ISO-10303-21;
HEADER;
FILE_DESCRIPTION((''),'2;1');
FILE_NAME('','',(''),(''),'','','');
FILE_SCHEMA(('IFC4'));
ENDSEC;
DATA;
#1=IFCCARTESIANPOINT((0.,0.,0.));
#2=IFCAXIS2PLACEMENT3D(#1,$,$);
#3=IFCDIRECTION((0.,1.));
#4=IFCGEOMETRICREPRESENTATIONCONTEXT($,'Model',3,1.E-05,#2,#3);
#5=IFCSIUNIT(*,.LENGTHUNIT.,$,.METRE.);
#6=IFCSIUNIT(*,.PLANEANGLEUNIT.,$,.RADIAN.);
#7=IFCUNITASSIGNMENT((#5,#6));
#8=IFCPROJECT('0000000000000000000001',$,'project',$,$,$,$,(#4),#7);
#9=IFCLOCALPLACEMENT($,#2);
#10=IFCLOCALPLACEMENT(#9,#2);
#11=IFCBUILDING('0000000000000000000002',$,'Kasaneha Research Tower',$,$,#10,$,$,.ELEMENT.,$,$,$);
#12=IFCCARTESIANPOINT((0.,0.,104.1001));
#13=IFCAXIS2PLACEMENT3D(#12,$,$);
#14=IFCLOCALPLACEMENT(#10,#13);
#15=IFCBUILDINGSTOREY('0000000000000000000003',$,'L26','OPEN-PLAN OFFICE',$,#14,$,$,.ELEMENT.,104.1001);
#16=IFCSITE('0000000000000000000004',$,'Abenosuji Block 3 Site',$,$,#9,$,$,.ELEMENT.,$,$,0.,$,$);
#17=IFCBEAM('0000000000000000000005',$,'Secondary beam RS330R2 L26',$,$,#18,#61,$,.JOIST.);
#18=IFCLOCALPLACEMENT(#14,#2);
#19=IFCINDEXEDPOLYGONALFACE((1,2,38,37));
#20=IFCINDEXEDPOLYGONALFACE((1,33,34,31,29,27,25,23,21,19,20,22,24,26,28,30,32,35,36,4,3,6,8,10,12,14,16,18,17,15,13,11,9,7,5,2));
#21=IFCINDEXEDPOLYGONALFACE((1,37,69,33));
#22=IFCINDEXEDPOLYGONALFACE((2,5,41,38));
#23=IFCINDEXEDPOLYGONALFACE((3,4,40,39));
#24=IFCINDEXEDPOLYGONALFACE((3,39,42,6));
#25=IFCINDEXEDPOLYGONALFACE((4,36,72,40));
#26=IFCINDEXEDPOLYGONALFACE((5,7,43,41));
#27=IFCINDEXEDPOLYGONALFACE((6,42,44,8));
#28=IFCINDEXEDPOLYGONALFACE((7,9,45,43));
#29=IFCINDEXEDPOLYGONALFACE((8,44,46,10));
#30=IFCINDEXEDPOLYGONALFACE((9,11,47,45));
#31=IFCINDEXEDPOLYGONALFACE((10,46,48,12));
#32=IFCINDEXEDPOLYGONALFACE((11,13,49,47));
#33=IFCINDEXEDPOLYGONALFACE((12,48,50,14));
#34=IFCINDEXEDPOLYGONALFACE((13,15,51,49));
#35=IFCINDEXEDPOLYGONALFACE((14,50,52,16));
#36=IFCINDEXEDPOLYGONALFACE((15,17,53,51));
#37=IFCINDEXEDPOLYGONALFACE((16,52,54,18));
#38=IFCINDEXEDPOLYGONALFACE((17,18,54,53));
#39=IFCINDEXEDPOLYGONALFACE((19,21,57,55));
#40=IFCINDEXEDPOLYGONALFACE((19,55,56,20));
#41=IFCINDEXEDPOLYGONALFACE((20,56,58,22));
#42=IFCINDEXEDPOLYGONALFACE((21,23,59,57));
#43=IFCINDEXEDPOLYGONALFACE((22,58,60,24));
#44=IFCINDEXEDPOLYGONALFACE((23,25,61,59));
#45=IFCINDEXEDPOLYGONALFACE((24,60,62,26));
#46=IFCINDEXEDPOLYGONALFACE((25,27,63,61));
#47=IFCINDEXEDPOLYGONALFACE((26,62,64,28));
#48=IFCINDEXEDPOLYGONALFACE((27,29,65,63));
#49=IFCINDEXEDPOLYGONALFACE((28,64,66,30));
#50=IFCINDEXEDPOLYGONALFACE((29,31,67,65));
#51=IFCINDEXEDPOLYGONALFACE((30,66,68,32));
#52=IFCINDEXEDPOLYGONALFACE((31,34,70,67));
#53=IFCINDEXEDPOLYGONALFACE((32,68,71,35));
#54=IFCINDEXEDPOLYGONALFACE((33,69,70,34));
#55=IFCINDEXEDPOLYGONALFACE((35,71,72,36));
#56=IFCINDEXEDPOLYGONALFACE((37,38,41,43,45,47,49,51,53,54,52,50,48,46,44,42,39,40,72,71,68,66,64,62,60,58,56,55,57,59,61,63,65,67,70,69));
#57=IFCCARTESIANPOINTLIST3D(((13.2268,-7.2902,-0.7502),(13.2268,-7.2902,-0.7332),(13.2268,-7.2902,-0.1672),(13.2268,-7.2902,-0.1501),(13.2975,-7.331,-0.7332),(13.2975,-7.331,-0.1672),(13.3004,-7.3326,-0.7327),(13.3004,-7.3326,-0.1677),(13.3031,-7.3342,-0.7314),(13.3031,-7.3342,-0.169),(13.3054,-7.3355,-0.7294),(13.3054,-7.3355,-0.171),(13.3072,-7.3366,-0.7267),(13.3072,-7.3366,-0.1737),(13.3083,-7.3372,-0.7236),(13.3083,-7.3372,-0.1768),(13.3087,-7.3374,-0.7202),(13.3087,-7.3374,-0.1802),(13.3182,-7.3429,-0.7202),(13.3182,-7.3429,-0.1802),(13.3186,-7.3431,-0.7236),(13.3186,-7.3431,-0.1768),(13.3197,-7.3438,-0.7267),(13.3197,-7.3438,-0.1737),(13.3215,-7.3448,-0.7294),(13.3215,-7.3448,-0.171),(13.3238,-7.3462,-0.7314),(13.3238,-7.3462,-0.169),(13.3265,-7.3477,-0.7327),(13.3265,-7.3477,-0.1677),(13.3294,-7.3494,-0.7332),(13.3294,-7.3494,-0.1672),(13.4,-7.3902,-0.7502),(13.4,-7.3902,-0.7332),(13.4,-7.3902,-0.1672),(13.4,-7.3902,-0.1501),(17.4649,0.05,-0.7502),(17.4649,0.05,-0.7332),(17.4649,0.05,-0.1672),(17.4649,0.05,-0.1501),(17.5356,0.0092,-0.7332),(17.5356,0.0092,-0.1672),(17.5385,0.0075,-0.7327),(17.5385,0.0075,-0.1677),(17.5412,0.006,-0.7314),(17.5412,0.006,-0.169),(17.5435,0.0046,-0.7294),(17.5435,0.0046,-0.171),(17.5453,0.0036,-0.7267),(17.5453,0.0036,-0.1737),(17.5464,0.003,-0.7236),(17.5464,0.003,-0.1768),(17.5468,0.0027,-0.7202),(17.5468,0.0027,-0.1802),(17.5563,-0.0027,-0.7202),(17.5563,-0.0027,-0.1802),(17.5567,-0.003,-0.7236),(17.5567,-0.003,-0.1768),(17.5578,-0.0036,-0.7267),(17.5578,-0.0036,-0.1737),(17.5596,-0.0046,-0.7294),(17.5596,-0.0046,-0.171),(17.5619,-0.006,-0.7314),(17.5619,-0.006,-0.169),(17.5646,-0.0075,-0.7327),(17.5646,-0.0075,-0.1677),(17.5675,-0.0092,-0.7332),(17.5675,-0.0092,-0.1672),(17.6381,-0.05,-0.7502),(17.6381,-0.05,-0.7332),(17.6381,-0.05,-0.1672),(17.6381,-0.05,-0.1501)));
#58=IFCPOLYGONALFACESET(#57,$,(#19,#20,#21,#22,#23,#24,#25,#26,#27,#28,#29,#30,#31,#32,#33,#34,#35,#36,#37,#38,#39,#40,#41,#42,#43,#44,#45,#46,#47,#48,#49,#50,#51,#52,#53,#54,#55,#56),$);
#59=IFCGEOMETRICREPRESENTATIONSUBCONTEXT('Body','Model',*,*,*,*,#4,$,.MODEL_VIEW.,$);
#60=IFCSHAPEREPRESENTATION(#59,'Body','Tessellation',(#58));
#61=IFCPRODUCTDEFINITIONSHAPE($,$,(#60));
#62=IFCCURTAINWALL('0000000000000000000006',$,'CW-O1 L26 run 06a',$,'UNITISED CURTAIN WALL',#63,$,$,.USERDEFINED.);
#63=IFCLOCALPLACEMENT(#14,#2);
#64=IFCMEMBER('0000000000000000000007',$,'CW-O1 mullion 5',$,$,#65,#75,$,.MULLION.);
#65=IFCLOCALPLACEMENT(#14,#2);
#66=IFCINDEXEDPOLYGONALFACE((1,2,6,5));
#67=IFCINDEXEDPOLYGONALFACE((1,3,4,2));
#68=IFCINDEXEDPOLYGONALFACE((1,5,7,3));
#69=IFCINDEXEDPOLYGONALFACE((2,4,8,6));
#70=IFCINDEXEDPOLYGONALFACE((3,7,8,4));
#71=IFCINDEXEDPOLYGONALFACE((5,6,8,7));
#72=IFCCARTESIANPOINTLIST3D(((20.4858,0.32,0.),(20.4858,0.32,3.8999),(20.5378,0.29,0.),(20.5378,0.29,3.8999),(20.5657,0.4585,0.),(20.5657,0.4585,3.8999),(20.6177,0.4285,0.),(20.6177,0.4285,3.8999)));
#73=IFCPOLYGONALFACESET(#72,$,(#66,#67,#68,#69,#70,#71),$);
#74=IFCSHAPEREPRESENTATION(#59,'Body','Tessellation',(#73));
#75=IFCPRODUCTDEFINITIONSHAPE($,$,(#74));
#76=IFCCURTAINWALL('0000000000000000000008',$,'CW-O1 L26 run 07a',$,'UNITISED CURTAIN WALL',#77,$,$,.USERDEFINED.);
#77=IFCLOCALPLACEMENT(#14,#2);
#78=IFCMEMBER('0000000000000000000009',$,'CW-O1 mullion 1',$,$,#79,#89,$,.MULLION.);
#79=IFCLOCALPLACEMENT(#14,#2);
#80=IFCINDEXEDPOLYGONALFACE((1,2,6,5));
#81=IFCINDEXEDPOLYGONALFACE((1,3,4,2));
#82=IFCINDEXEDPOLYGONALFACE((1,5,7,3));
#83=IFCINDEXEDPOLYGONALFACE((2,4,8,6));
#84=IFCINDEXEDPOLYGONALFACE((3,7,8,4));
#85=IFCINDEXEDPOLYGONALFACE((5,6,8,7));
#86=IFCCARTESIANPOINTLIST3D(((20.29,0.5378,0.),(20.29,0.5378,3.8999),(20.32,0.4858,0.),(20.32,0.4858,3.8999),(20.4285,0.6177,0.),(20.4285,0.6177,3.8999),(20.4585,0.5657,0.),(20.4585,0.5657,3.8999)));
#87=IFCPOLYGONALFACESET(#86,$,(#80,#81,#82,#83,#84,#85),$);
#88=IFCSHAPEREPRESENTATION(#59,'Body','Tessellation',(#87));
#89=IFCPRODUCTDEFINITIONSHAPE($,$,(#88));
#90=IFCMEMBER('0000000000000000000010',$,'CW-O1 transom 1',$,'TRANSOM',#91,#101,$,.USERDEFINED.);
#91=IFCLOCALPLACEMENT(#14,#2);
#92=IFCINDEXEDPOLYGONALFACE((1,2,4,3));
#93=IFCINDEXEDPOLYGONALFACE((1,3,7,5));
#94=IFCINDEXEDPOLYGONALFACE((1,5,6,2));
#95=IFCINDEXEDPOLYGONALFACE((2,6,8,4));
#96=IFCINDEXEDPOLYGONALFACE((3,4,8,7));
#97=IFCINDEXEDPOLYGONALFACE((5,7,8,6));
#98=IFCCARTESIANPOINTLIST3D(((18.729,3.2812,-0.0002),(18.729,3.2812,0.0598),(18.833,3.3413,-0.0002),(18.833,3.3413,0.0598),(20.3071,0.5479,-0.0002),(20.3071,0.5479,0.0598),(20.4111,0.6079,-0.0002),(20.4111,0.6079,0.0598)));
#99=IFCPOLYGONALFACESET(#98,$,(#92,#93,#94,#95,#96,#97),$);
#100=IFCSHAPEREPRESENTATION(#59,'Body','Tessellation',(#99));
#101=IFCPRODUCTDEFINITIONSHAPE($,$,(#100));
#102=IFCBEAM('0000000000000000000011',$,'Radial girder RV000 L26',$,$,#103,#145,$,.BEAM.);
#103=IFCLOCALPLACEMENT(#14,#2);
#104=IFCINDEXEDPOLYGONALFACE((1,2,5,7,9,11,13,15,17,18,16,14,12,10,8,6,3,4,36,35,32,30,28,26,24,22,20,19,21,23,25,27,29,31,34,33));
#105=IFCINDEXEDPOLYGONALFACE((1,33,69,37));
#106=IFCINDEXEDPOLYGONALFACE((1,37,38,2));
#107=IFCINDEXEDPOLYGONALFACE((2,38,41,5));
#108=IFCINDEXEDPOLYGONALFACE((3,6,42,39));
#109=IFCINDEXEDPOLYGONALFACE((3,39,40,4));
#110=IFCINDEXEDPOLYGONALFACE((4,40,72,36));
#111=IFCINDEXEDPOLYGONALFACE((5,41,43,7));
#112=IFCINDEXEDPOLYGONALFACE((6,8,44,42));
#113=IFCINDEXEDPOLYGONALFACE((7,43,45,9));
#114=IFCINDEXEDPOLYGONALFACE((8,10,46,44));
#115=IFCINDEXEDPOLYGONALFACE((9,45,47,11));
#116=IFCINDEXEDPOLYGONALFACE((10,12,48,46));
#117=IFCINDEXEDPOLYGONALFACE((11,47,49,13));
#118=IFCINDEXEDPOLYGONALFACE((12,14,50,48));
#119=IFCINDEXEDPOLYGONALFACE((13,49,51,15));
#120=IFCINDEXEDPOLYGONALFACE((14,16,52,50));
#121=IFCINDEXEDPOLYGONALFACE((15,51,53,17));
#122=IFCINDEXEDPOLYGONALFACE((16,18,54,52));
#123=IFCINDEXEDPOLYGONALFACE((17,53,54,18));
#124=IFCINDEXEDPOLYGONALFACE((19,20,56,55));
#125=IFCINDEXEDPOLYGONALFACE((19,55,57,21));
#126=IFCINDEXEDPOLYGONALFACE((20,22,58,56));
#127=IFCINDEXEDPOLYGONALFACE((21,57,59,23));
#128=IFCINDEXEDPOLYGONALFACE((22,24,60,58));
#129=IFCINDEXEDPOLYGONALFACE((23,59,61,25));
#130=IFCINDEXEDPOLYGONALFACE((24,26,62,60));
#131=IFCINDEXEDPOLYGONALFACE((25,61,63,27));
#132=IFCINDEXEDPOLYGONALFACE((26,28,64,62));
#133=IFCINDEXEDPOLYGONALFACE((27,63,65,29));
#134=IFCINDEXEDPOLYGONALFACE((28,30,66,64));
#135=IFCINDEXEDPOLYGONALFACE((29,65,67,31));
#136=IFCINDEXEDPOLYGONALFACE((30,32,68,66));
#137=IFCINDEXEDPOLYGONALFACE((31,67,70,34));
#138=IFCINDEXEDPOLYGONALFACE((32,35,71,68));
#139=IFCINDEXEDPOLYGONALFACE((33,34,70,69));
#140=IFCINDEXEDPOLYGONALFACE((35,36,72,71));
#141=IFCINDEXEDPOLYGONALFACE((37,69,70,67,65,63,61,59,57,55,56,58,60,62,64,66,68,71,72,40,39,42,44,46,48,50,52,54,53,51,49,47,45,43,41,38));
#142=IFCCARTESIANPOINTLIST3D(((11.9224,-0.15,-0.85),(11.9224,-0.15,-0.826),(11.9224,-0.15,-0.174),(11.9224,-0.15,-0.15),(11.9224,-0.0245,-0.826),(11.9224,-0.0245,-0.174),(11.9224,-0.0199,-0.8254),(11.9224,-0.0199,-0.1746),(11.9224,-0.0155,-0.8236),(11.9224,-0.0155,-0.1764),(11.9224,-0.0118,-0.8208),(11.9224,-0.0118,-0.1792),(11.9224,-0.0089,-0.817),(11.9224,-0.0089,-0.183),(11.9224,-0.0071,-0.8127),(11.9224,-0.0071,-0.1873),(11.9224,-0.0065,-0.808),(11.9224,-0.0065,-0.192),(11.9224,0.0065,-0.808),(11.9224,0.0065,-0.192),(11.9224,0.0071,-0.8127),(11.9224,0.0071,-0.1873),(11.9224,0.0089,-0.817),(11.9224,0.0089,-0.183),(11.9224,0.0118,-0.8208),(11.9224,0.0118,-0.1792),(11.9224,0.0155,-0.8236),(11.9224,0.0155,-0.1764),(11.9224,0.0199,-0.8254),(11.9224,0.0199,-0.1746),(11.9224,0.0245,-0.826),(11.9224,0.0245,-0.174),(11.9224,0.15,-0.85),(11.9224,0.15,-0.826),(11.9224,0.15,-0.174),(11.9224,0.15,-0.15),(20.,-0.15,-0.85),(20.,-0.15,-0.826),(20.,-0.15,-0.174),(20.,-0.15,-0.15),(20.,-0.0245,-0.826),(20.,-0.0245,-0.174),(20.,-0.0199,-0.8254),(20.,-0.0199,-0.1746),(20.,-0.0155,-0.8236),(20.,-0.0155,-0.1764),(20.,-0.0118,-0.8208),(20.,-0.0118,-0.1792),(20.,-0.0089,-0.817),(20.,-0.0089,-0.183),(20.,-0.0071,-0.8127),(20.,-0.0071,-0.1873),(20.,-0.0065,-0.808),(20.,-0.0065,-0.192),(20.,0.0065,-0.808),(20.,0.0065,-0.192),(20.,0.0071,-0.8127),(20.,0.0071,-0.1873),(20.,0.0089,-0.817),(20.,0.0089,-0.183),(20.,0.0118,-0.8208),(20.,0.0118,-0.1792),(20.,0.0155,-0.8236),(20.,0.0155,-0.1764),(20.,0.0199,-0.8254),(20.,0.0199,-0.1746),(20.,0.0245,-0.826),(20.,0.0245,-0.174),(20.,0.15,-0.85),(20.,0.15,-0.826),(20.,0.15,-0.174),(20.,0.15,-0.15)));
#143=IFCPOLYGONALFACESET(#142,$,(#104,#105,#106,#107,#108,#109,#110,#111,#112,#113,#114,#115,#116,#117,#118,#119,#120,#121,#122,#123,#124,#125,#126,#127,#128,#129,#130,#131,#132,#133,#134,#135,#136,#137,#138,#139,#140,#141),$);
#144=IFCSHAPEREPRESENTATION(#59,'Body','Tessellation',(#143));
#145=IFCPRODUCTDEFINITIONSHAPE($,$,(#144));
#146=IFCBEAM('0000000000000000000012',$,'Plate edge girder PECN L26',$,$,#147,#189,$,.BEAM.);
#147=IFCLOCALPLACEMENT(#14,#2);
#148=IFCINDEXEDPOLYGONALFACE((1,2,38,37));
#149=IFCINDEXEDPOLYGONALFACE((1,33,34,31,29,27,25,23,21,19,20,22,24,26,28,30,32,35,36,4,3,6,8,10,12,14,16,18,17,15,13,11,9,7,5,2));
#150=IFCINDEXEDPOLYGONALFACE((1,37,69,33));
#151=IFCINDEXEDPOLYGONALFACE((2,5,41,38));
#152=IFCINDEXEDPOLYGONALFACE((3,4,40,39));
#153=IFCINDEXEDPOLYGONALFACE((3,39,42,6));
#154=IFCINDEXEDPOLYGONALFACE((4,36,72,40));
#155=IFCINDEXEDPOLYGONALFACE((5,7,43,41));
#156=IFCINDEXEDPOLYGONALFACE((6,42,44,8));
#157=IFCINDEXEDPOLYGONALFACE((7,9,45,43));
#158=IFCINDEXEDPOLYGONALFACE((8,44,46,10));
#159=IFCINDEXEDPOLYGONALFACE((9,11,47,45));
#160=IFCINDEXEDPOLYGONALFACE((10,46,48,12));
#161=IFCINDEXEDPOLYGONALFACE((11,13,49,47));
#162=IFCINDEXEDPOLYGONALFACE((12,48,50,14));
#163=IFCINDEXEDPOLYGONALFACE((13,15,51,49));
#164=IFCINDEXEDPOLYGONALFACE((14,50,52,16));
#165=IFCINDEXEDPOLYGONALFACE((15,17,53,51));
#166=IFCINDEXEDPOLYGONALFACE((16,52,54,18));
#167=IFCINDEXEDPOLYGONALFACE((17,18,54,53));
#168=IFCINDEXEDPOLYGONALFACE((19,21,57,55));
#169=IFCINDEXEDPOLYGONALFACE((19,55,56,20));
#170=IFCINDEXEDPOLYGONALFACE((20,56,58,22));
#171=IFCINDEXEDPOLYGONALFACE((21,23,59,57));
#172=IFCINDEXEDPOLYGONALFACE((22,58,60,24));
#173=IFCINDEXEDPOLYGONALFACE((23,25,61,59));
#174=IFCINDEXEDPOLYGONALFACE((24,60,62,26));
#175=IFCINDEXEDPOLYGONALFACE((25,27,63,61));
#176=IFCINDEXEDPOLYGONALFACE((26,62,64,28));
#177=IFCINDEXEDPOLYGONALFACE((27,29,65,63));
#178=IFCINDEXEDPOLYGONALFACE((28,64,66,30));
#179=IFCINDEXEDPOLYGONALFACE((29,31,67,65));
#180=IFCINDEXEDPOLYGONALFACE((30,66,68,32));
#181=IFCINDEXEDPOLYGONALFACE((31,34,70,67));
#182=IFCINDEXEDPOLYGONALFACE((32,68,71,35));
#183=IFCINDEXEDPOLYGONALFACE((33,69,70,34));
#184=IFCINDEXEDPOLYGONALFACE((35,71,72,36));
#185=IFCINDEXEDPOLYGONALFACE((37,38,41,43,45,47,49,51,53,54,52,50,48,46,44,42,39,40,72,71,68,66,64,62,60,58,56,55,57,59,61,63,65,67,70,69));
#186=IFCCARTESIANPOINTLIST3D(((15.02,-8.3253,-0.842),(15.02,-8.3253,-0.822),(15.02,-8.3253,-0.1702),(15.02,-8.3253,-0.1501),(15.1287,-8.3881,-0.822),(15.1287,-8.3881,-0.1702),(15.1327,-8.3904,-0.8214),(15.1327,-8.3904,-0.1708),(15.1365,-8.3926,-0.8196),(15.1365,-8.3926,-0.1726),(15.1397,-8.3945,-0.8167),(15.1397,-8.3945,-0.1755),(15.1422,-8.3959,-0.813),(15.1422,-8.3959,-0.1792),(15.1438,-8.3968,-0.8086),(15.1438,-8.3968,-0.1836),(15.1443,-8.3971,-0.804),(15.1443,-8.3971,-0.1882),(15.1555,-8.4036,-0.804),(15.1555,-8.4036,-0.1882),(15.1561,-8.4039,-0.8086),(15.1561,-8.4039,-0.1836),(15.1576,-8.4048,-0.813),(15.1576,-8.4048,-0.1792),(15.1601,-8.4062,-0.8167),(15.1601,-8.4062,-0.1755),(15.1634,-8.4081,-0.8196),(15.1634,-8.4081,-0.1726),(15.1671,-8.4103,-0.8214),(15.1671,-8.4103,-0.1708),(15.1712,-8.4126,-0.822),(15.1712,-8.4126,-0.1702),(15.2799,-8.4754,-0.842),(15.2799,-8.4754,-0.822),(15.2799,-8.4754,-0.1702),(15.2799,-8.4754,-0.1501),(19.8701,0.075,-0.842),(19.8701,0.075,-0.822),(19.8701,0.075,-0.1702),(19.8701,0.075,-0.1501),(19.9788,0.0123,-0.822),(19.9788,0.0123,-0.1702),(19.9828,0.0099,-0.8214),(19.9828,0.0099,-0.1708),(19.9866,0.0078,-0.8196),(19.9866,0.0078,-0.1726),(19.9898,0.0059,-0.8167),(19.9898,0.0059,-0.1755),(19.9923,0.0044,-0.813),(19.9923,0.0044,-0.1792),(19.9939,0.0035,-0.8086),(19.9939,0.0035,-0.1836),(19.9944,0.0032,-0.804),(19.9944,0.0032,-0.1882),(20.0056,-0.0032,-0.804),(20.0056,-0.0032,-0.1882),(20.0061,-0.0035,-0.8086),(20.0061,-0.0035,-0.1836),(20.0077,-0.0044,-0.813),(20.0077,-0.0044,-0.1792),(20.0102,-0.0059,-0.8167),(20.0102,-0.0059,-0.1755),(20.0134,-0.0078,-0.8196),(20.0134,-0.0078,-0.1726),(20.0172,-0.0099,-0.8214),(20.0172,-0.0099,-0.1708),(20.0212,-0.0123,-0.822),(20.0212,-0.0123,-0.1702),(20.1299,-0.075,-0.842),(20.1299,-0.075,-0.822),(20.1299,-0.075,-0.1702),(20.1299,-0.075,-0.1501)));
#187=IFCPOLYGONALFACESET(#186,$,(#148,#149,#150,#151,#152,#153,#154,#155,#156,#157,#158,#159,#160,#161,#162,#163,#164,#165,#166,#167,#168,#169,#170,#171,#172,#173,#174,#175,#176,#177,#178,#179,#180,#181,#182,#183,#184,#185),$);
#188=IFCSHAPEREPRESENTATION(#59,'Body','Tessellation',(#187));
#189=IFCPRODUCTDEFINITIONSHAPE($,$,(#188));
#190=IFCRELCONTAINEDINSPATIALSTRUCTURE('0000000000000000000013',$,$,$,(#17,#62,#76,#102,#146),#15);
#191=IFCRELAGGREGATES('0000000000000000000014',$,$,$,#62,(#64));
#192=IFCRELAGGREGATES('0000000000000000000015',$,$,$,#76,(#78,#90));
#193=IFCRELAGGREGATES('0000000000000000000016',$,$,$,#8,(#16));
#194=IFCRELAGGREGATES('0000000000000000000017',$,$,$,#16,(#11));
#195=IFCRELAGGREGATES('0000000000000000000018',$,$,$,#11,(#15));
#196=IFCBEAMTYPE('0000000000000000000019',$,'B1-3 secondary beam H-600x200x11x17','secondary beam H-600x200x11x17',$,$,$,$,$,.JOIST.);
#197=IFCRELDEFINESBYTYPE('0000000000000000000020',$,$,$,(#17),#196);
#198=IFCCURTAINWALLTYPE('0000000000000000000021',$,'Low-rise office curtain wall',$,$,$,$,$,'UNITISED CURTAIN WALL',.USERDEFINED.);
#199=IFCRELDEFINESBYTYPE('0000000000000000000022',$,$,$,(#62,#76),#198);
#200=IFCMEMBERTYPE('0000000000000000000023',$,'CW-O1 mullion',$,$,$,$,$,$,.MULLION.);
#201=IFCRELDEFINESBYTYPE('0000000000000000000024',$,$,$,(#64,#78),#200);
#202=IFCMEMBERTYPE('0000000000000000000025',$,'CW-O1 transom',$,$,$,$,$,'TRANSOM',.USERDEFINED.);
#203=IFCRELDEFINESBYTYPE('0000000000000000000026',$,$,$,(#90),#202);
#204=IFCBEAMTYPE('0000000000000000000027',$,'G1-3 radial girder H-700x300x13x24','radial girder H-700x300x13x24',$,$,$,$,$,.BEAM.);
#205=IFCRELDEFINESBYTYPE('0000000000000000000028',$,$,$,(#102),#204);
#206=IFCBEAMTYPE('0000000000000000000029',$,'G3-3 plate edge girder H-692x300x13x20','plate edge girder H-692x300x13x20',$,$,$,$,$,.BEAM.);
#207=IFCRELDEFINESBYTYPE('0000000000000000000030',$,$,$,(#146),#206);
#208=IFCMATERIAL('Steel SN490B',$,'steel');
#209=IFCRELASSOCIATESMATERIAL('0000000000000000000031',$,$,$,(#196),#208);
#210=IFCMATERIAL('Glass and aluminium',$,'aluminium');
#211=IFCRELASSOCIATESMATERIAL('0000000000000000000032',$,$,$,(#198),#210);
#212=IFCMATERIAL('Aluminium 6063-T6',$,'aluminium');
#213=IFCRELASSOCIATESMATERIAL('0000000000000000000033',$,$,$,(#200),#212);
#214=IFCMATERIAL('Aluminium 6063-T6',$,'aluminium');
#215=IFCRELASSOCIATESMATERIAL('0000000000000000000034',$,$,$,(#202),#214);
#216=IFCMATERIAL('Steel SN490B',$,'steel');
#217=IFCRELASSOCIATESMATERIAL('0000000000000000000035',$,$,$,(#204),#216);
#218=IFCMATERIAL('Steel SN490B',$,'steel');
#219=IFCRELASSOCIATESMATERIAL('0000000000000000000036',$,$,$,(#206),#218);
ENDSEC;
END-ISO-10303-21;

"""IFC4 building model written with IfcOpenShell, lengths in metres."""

from ifc_helpers import new_model, si_unit, direction, frame, origin, origin_2d, place, context, subcontext, project, spatial, rectangle, i_section, extrude, material, material_profile, profile_set, type_object, element, aggregate, save


model = new_model("IFC4")

# Units and contexts
model_context = context("Model", 3, precision=1e-05, world=origin(), true_north=direction((0.0, 1.0)))
body_context = subcontext(model_context, "Body", "Model", "MODEL_VIEW")
ifc_project = project(units=[si_unit("LENGTHUNIT", "METRE"), si_unit("PLANEANGLEUNIT", "RADIAN")], contexts=[model_context])

# Site, building, storey
site_placement = place(None, origin())
site = spatial("IfcSite", under=ifc_project, at=site_placement, Name="Abenosuji Block 3 Site", CompositionType="ELEMENT", RefElevation=0.0)
building_placement = place(site_placement, origin())
building = spatial("IfcBuilding", under=site, at=building_placement, Name="Kasaneha Research Tower", CompositionType="ELEMENT")
storey_placement = place(building_placement, frame((0.0, 0.0, 104.1001)))
storey = spatial("IfcBuildingStorey", under=building, at=storey_placement, Name="L26", Description="OPEN-PLAN OFFICE", CompositionType="ELEMENT", Elevation=104.1001)

# Beam
ifc_material_1 = material(Name="Steel SN490B", Category="steel")
ifc_material_profile_1 = material_profile(ifc_material_1, i_section(OverallWidth=0.2, OverallDepth=0.6001, WebThickness=0.011, FlangeThickness=0.0171, FilletRadius=0.0129, at=origin_2d()), Name="H-600x200x11x17")
ifc_profile_set_1 = profile_set([ifc_material_profile_1], Name="Steel SN490B")
beam_type_1 = type_object("IfcBeamType", Name="B1-3 secondary beam H-600x200x11x17", Description="secondary beam H-600x200x11x17", PredefinedType="JOIST", material=ifc_profile_set_1)
beam_1_placement = place(storey_placement, frame((17.5515, 0.0, -0.4502), z_axis=(-0.500021, -0.866013, 0.0), x_axis=(0.866013, -0.500021, 0.0)))
element("IfcBeam", 1, at=beam_1_placement, inside=storey, type_object=beam_type_1, Name="Secondary beam RS330R2 L26", PredefinedType="JOIST", context=body_context, shape_type="SweptSolid", body=[
    extrude(i_section(OverallWidth=0.2, OverallDepth=0.6001, WebThickness=0.011, FlangeThickness=0.0171, FilletRadius=0.0129, at=origin_2d()), origin(), (0.0, 0.0, 1.0), 8.4758),
])

# Curtain wall, member
ifc_material_2 = material(Name="Glass and aluminium", Category="aluminium")
curtain_wall_type = type_object("IfcCurtainWallType", Name="Low-rise office curtain wall", ElementType="UNITISED CURTAIN WALL", PredefinedType="USERDEFINED", material=ifc_material_2)
curtain_wall_1_placement = place(storey_placement, origin())
curtain_wall_1 = element("IfcCurtainWall", 2, at=curtain_wall_1_placement, inside=storey, type_object=curtain_wall_type, Name="CW-O1 L26 run 06a", ObjectType="UNITISED CURTAIN WALL", PredefinedType="USERDEFINED")
ifc_material_3 = material(Name="Aluminium 6063-T6", Category="aluminium")
ifc_material_profile_2 = material_profile(ifc_material_3, rectangle(XDim=0.0601, YDim=0.1599, at=origin_2d()), Name="CW-O1 mullion 60x160")
ifc_profile_set_2 = profile_set([ifc_material_profile_2], Name="Aluminium 6063-T6")
member_type_1 = type_object("IfcMemberType", Name="CW-O1 mullion", PredefinedType="MULLION", material=ifc_profile_set_2)
member_1_placement = place(storey_placement, frame((20.5518, 0.3743, 0.0), z_axis=(0.0, 0.0, 1.0), x_axis=(-0.866025, 0.5, 0.0)))
member_1 = element("IfcMember", 3, at=member_1_placement, type_object=member_type_1, Name="CW-O1 mullion 5", PredefinedType="MULLION", context=body_context, shape_type="SweptSolid", body=[
    extrude(rectangle(XDim=0.0601, YDim=0.1599, at=origin_2d()), origin(), (0.0, 0.0, 1.0), 3.8999),
])
aggregate(curtain_wall_1, [member_1])

# Curtain wall, members
curtain_wall_2_placement = place(storey_placement, origin())
curtain_wall_2 = element("IfcCurtainWall", 4, at=curtain_wall_2_placement, inside=storey, type_object=curtain_wall_type, Name="CW-O1 L26 run 07a", ObjectType="UNITISED CURTAIN WALL", PredefinedType="USERDEFINED")
member_2_placement = place(storey_placement, frame((20.3743, 0.5518, 0.0), z_axis=(0.0, 0.0, 1.0), x_axis=(-0.5, 0.866025, 0.0)))
member_2 = element("IfcMember", 5, at=member_2_placement, type_object=member_type_1, Name="CW-O1 mullion 1", PredefinedType="MULLION", context=body_context, shape_type="SweptSolid", body=[
    extrude(rectangle(XDim=0.0601, YDim=0.1599, at=origin_2d()), origin(), (0.0, 0.0, 1.0), 3.8999),
])
ifc_material_4 = material(Name="Aluminium 6063-T6", Category="aluminium")
ifc_material_profile_3 = material_profile(ifc_material_4, rectangle(XDim=0.1201, YDim=0.0601, at=origin_2d()), Name="CW-O1 transom 120x60")
ifc_profile_set_3 = profile_set([ifc_material_profile_3], Name="Aluminium 6063-T6")
member_type_2 = type_object("IfcMemberType", Name="CW-O1 transom", ElementType="TRANSOM", PredefinedType="USERDEFINED", material=ifc_profile_set_3)
member_3_placement = place(storey_placement, frame((20.3591, 0.5779, 0.0298), z_axis=(-0.499999, 0.866026, 0.0), x_axis=(-0.866026, -0.499999, 0.0)))
member_3 = element("IfcMember", 6, at=member_3_placement, type_object=member_type_2, Name="CW-O1 transom 1", ObjectType="TRANSOM", PredefinedType="USERDEFINED", context=body_context, shape_type="SweptSolid", body=[
    extrude(rectangle(XDim=0.1201, YDim=0.0601, at=origin_2d()), origin(), (0.0, 0.0, 1.0), 3.1562),
])

# Beams
ifc_material_5 = material(Name="Steel SN490B", Category="steel")
ifc_material_profile_4 = material_profile(ifc_material_5, i_section(OverallWidth=0.3, OverallDepth=0.7, WebThickness=0.0129, FlangeThickness=0.0239, FilletRadius=0.0181, at=origin_2d()), Name="H-700x300x13x24")
ifc_profile_set_4 = profile_set([ifc_material_profile_4], Name="Steel SN490B")
beam_type_2 = type_object("IfcBeamType", Name="G1-3 radial girder H-700x300x13x24", Description="radial girder H-700x300x13x24", PredefinedType="BEAM", material=ifc_profile_set_4)
beam_2_placement = place(storey_placement, frame((11.9224, 0.0, -0.5), z_axis=(1.0, 0.0, 0.0), x_axis=(0.0, 1.0, 0.0)))
element("IfcBeam", 7, at=beam_2_placement, inside=storey, type_object=beam_type_2, Name="Radial girder RV000 L26", PredefinedType="BEAM", context=body_context, shape_type="SweptSolid", body=[
    extrude(i_section(OverallWidth=0.3, OverallDepth=0.7, WebThickness=0.0129, FlangeThickness=0.0239, FilletRadius=0.0181, at=origin_2d()), origin(), (0.0, 0.0, 1.0), 8.0776),
])
ifc_material_6 = material(Name="Steel SN490B", Category="steel")
ifc_material_profile_5 = material_profile(ifc_material_6, i_section(OverallWidth=0.3, OverallDepth=0.6919, WebThickness=0.0129, FlangeThickness=0.02, FilletRadius=0.0181, at=origin_2d()), Name="H-692x300x13x20")
ifc_profile_set_5 = profile_set([ifc_material_profile_5], Name="Steel SN490B")
beam_type_3 = type_object("IfcBeamType", Name="G3-3 plate edge girder H-692x300x13x20", Description="plate edge girder H-692x300x13x20", PredefinedType="BEAM", material=ifc_profile_set_5)
beam_3_placement = place(storey_placement, frame((20.0, 0.0, -0.4961), z_axis=(-0.50001, -0.86602, 0.0), x_axis=(0.86602, -0.50001, 0.0)))
element("IfcBeam", 8, at=beam_3_placement, inside=storey, type_object=beam_type_3, Name="Plate edge girder PECN L26", PredefinedType="BEAM", context=body_context, shape_type="SweptSolid", body=[
    extrude(i_section(OverallWidth=0.3, OverallDepth=0.6919, WebThickness=0.0129, FlangeThickness=0.02, FilletRadius=0.0181, at=origin_2d()), origin(), (0.0, 0.0, 1.0), 9.7),
])

aggregate(curtain_wall_2, [member_2, member_3])

save(model, "model.ifc")
